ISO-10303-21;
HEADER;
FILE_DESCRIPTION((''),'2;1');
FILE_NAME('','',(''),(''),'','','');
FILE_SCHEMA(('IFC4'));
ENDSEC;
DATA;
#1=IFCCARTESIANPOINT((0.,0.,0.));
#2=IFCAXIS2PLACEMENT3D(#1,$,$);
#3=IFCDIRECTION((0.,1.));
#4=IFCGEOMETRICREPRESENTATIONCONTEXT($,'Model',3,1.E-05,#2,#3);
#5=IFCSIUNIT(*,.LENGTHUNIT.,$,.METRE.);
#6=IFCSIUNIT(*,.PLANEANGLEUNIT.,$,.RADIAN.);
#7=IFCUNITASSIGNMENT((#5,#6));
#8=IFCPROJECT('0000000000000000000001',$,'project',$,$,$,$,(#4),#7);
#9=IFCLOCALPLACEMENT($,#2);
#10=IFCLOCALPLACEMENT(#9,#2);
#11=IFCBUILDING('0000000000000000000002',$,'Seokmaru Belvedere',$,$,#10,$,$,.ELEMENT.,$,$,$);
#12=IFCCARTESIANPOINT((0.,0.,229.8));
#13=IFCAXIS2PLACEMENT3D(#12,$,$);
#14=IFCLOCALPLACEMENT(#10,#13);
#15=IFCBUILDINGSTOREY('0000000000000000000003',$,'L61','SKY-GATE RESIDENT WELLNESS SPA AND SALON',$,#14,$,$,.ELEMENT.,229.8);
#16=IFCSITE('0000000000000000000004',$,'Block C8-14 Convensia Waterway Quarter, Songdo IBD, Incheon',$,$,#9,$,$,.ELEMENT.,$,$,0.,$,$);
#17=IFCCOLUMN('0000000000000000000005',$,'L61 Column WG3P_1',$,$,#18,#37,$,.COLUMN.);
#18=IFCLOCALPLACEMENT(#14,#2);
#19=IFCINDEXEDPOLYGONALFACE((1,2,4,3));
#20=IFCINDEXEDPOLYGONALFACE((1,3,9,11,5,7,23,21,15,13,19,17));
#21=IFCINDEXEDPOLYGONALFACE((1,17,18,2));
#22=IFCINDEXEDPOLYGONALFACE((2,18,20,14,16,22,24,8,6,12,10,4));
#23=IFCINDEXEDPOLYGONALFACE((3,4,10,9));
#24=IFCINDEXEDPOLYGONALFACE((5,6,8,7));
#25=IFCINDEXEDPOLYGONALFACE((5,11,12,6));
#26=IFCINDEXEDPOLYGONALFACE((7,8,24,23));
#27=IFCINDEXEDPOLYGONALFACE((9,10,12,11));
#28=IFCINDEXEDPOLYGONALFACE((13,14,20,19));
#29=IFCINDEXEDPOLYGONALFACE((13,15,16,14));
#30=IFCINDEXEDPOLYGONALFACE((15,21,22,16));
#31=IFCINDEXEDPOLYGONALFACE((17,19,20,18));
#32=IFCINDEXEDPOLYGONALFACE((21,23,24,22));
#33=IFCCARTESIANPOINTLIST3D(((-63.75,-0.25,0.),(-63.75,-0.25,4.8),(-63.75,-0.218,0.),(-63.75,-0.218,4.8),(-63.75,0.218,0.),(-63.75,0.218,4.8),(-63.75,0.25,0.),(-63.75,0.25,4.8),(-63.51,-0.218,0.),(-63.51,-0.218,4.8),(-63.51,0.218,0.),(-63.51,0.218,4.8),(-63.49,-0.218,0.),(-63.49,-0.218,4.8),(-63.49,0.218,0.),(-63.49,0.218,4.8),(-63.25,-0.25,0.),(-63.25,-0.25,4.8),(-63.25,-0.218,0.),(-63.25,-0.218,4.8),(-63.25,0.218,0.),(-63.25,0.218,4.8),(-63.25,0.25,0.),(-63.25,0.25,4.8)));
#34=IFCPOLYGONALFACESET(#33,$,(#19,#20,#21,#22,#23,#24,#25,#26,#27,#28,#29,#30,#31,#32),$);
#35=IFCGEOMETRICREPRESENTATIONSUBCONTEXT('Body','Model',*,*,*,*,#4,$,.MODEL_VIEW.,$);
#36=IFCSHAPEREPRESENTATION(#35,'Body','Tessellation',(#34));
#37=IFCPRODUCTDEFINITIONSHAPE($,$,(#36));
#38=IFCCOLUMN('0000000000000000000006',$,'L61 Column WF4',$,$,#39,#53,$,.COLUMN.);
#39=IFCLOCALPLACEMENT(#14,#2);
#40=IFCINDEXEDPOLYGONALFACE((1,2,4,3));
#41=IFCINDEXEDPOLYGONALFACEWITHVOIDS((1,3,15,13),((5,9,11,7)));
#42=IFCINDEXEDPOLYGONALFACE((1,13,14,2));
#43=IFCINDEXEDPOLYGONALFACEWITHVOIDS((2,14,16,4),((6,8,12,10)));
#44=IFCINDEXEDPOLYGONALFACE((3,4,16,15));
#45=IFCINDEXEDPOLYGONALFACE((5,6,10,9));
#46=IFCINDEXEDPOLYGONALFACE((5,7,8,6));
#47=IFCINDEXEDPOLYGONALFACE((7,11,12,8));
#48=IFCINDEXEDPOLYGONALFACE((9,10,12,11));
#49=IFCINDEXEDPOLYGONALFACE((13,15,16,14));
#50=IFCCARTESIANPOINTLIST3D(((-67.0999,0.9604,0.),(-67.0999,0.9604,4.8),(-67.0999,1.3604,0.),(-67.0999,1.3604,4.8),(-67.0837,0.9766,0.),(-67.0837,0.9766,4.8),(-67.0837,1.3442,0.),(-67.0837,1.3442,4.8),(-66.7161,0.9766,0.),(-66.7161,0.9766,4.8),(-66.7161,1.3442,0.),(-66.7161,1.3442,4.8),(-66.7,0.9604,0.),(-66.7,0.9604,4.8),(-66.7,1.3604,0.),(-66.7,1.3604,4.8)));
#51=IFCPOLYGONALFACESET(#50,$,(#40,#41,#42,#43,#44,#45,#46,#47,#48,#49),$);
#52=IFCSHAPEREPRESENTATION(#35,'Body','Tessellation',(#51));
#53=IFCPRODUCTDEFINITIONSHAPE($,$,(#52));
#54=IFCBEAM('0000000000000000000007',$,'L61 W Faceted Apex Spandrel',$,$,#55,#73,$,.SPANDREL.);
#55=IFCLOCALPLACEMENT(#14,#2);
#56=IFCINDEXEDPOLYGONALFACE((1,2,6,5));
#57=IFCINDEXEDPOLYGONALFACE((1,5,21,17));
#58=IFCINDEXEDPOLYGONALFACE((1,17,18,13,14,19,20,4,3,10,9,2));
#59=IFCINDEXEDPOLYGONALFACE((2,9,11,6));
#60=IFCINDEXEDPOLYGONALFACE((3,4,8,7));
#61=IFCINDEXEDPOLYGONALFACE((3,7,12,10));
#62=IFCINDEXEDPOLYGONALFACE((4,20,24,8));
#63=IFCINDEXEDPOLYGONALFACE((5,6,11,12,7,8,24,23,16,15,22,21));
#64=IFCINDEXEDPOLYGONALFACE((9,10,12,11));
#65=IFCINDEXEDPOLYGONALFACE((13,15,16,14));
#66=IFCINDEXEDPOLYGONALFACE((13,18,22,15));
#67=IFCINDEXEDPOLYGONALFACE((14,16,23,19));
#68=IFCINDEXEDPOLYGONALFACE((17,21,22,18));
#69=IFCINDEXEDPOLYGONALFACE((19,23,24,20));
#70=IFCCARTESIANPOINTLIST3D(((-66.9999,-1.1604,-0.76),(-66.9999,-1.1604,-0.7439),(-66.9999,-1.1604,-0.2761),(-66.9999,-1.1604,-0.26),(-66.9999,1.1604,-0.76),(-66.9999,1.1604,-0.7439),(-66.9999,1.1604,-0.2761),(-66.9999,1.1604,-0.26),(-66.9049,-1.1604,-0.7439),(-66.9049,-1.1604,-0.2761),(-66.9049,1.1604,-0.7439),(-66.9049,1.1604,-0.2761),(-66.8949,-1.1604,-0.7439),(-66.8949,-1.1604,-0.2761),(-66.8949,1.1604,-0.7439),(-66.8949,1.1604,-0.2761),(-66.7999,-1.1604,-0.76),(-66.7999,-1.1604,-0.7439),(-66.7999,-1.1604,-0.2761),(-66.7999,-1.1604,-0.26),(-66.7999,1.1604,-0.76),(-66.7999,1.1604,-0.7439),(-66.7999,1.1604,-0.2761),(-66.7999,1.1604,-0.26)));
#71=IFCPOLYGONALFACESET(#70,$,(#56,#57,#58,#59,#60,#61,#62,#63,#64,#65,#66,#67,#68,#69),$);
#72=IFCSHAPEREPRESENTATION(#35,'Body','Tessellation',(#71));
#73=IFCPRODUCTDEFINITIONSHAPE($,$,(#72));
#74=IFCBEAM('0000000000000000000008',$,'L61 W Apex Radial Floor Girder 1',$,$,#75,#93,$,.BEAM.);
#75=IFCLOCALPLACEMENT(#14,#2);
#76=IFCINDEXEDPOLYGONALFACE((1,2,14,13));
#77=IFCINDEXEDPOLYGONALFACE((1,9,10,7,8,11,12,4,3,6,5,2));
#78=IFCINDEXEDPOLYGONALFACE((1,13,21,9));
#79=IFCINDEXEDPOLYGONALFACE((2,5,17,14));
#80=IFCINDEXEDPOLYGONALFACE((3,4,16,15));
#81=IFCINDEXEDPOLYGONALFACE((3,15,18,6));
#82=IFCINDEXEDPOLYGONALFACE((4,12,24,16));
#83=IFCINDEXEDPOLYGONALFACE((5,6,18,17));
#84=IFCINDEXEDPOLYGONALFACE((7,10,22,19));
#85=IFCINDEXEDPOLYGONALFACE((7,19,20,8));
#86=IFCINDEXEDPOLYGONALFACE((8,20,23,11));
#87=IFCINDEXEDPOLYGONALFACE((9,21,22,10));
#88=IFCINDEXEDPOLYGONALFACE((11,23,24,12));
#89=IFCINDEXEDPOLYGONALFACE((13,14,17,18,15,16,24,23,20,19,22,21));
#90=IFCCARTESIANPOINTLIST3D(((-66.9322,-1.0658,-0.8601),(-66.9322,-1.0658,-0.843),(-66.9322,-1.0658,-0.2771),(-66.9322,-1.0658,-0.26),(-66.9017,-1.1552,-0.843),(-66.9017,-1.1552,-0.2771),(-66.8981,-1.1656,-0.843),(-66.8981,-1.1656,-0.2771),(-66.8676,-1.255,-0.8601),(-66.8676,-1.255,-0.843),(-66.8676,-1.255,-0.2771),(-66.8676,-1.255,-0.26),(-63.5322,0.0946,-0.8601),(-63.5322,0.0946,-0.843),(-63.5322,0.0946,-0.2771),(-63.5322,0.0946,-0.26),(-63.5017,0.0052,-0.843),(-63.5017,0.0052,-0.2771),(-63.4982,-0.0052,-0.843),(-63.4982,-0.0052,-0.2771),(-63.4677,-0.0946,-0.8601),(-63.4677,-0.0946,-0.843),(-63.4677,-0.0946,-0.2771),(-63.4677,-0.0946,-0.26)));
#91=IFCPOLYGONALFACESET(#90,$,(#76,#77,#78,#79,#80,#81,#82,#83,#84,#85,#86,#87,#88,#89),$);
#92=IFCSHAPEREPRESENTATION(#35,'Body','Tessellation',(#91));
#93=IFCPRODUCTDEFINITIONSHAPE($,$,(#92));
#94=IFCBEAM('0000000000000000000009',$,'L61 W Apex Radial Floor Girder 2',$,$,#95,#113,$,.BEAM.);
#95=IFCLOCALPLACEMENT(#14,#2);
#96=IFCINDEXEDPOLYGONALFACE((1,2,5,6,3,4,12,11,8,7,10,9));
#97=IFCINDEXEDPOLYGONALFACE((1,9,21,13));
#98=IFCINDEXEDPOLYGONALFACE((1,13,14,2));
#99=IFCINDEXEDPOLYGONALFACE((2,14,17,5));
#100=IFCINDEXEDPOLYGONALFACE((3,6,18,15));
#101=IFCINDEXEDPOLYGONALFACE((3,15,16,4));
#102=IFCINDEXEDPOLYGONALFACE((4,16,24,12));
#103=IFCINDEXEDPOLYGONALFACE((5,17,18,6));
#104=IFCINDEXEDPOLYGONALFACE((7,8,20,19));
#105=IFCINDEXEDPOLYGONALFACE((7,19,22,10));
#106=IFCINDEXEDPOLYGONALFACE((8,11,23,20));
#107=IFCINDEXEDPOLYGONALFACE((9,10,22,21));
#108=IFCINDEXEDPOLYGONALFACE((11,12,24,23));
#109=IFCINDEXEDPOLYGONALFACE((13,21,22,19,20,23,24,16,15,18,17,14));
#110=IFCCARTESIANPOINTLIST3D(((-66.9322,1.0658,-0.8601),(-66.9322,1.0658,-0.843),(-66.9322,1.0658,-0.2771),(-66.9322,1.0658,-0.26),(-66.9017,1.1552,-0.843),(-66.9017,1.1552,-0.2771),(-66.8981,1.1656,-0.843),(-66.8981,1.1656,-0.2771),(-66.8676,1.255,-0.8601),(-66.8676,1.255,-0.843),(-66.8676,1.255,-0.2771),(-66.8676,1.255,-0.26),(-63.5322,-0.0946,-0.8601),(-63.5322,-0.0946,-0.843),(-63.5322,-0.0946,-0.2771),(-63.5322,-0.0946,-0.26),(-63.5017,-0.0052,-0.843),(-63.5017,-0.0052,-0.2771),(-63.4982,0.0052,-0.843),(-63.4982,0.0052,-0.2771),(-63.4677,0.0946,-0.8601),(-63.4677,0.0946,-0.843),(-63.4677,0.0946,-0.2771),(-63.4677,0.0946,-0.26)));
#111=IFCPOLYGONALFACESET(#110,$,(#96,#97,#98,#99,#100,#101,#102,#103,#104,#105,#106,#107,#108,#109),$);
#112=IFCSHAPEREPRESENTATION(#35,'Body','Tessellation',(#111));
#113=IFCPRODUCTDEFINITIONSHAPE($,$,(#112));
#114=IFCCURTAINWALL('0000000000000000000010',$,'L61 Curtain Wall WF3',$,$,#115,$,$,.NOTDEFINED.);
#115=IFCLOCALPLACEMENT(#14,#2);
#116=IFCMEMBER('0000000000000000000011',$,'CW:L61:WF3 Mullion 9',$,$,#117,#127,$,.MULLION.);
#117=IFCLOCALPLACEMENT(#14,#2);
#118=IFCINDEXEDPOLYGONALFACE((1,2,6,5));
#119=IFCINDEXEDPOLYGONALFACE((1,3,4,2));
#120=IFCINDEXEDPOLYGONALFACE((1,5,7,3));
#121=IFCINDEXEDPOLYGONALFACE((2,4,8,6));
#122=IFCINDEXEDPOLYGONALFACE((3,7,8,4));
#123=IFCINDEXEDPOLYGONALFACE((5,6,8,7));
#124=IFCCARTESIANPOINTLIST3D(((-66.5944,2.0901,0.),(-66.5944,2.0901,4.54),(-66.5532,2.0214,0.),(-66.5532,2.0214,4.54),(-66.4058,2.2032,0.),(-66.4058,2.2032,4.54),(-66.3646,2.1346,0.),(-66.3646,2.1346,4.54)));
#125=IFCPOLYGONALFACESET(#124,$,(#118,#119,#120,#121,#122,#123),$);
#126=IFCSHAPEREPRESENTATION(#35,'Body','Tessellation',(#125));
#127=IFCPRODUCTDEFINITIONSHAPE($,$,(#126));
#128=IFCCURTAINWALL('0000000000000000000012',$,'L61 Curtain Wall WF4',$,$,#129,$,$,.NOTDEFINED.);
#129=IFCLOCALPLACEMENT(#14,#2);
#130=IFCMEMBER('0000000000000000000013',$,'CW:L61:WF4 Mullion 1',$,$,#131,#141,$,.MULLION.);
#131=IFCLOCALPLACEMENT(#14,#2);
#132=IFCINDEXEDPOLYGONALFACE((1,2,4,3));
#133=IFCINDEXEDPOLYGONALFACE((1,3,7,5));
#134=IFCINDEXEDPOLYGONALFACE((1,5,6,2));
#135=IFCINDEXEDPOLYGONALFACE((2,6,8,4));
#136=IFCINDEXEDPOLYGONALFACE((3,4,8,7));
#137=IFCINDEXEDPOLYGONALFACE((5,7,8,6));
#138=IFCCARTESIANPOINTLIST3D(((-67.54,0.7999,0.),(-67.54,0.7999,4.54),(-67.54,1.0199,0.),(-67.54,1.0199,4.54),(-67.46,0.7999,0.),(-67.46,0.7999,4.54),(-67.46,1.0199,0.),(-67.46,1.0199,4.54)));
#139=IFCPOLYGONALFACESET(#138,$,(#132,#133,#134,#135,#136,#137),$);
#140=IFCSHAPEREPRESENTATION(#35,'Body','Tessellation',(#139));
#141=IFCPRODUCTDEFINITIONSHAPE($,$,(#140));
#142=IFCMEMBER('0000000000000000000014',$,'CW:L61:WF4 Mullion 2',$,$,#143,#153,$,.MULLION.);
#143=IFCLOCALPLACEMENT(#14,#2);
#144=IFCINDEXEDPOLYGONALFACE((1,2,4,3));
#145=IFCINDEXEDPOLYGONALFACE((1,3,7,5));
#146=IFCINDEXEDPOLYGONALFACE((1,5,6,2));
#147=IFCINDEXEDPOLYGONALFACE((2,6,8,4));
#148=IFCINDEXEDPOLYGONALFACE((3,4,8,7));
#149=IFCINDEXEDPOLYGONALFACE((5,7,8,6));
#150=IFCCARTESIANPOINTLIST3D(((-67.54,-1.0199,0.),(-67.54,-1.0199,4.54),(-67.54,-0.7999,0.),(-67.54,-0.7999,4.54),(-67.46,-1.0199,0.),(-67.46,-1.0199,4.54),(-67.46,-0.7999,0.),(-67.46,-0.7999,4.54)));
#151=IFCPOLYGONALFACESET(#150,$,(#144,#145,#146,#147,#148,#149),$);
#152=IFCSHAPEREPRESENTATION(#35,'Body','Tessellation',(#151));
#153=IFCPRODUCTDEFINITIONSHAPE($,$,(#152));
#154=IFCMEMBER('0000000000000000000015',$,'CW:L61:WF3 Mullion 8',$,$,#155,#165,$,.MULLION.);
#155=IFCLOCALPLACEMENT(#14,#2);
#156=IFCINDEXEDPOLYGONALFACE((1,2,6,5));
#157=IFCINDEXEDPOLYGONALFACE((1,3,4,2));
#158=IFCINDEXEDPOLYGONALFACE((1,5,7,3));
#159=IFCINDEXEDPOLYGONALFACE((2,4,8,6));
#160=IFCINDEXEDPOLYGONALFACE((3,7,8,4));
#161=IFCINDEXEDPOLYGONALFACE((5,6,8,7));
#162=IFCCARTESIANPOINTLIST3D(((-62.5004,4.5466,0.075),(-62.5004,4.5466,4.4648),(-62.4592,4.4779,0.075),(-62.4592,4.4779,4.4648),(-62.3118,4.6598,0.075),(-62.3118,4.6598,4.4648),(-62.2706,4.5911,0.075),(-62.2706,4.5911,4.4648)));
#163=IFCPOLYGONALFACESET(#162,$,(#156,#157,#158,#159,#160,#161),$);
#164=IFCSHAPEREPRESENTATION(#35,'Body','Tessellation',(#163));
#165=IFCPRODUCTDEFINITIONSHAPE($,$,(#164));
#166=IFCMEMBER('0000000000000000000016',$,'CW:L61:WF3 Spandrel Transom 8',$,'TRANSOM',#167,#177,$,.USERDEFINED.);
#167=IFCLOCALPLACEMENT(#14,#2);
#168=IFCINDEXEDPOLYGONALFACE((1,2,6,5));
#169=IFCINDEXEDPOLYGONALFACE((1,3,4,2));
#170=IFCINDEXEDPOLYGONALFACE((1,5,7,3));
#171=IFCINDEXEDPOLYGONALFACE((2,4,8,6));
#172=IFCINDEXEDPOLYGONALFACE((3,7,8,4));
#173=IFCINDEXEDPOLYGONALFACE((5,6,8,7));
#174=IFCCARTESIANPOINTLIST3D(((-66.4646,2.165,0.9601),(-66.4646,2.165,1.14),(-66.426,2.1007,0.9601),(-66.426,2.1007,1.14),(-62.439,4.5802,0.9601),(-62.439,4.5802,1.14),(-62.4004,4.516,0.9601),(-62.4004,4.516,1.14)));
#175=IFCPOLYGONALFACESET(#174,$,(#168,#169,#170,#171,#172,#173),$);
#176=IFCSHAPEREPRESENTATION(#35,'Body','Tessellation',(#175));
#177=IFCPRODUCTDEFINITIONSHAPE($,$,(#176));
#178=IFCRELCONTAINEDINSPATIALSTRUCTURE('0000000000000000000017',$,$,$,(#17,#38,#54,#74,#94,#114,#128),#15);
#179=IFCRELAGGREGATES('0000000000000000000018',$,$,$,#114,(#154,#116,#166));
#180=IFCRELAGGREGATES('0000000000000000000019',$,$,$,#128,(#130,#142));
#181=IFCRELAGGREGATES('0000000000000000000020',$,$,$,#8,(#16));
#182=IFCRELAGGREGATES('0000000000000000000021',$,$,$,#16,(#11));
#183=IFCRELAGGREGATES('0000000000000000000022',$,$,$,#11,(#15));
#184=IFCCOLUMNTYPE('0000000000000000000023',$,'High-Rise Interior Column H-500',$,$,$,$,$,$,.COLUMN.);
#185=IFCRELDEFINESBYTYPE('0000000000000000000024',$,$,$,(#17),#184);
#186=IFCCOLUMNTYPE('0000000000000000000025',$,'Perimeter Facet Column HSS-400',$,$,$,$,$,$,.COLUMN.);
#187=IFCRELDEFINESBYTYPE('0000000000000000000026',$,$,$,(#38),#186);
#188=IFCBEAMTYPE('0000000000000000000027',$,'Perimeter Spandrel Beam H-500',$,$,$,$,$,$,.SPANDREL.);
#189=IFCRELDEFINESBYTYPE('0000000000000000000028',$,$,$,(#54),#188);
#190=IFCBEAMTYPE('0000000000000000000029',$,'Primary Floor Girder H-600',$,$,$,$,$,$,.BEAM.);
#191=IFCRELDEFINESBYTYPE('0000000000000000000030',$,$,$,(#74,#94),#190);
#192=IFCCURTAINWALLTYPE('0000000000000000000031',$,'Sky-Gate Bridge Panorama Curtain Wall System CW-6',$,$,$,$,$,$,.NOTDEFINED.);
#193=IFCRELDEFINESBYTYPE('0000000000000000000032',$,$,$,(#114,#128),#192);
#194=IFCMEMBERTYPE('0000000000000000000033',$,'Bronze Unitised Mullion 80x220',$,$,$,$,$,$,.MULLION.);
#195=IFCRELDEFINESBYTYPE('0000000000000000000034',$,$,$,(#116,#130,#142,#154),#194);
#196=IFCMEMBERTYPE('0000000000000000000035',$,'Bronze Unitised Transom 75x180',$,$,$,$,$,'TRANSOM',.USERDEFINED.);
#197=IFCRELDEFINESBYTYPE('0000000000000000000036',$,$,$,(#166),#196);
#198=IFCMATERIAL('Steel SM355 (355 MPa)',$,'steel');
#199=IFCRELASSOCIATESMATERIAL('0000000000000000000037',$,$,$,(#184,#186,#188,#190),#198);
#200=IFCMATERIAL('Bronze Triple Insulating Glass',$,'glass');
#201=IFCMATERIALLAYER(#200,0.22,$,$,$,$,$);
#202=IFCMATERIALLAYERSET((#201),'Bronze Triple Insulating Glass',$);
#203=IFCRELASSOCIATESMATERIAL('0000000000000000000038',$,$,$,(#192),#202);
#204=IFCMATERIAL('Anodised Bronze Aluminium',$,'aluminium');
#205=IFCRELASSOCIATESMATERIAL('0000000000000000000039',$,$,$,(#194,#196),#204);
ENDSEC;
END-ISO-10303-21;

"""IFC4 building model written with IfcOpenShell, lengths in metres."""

from ifc_helpers import new_model, si_unit, direction, frame, origin, origin_2d, place, context, subcontext, project, spatial, rectangle, hollow_rectangle, i_section, extrude, source, transform, mapped, material, layer, layer_set, material_profile, profile_set, type_object, type_shapes, element, aggregate, save


model = new_model("IFC4")

# Units and contexts
model_context = context("Model", 3, precision=1e-05, world=origin(), true_north=direction((0.0, 1.0)))
body_context = subcontext(model_context, "Body", "Model", "MODEL_VIEW")
ifc_project = project(units=[si_unit("LENGTHUNIT", "METRE"), si_unit("PLANEANGLEUNIT", "RADIAN")], contexts=[model_context])

# Site, building, storey
site_placement = place(None, origin())
site = spatial("IfcSite", under=ifc_project, at=site_placement, Name="Block C8-14 Convensia Waterway Quarter, Songdo IBD, Incheon", CompositionType="ELEMENT", RefElevation=0.0)
building_placement = place(site_placement, origin())
building = spatial("IfcBuilding", under=site, at=building_placement, Name="Seokmaru Belvedere", CompositionType="ELEMENT")
storey_placement = place(building_placement, frame((0.0, 0.0, 229.8)))
storey = spatial("IfcBuildingStorey", under=building, at=storey_placement, Name="L61", Description="SKY-GATE RESIDENT WELLNESS SPA AND SALON", CompositionType="ELEMENT", Elevation=229.8)

# Columns
ifc_material_1 = material(Name="Steel SM355 (355 MPa)", Category="steel")
ifc_material_profile_1 = material_profile(ifc_material_1, i_section(OverallWidth=0.5, OverallDepth=0.5, WebThickness=0.02, FlangeThickness=0.032, at=origin_2d()), Name="H-500x500x20x32")
ifc_profile_set_1 = profile_set([ifc_material_profile_1], Name="Steel SM355 (355 MPa)")
column_type_1 = type_object("IfcColumnType", Name="High-Rise Interior Column H-500", PredefinedType="COLUMN", material=ifc_profile_set_1)
shared_shape_1 = source(origin(), body_context, "Body", "SweptSolid", [
    extrude(i_section(OverallWidth=0.5, OverallDepth=0.5, WebThickness=0.02, FlangeThickness=0.032, at=origin_2d()), origin(), (0.0, 0.0, 1.0), 4.8),
])
type_shapes(column_type_1, [shared_shape_1])
column_1_placement = place(storey_placement, frame((-63.5, 0.0, 0.0), z_axis=(0.0, 0.0, 1.0), x_axis=(1.0, 0.0, 0.0)))
element("IfcColumn", 1, at=column_1_placement, inside=storey, type_object=column_type_1, Name="L61 Column WG3P_1", PredefinedType="COLUMN", context=body_context, shape_type="MappedRepresentation", body=[
    mapped(shared_shape_1, transform((0.0, 0.0, 0.0), scale=1.0)),
])
ifc_material_profile_2 = material_profile(ifc_material_1, hollow_rectangle(XDim=0.3999, YDim=0.3999, WallThickness=0.0161, at=origin_2d()), Name="HSS-400x400x16")
ifc_profile_set_2 = profile_set([ifc_material_profile_2], Name="Steel SM355 (355 MPa)")
column_type_2 = type_object("IfcColumnType", Name="Perimeter Facet Column HSS-400", PredefinedType="COLUMN", material=ifc_profile_set_2)
shared_shape_2 = source(origin(), body_context, "Body", "SweptSolid", [
    extrude(hollow_rectangle(XDim=0.3999, YDim=0.3999, WallThickness=0.0161, at=origin_2d()), origin(), (0.0, 0.0, 1.0), 4.8),
])
type_shapes(column_type_2, [shared_shape_2])
column_2_placement = place(storey_placement, frame((-66.8999, 1.1604, 0.0), z_axis=(0.0, 0.0, 1.0), x_axis=(1.0, 0.0, 0.0)))
element("IfcColumn", 2, at=column_2_placement, inside=storey, type_object=column_type_2, Name="L61 Column WF4", PredefinedType="COLUMN", context=body_context, shape_type="MappedRepresentation", body=[
    mapped(shared_shape_2, transform((0.0, 0.0, 0.0), scale=1.0)),
])

# Beams
ifc_material_profile_3 = material_profile(ifc_material_1, i_section(OverallWidth=0.2, OverallDepth=0.5, WebThickness=0.01, FlangeThickness=0.0161, at=origin_2d()), Name="H-500x200x10x16")
ifc_profile_set_3 = profile_set([ifc_material_profile_3], Name="Steel SM355 (355 MPa)")
beam_type_1 = type_object("IfcBeamType", Name="Perimeter Spandrel Beam H-500", PredefinedType="SPANDREL", material=ifc_profile_set_3)
shared_shape_3 = source(origin(), body_context, "Body", "SweptSolid", [
    extrude(i_section(OverallWidth=0.2, OverallDepth=0.5, WebThickness=0.01, FlangeThickness=0.0161, at=origin_2d()), origin(), (0.0, 0.0, 1.0), 2.3208),
])
type_shapes(beam_type_1, [shared_shape_3])
beam_placement = place(storey_placement, frame((-66.8999, -1.1604, -0.51), z_axis=(0.0, 1.0, 0.0), x_axis=(-1.0, 0.0, 0.0)))
element("IfcBeam", 3, at=beam_placement, inside=storey, type_object=beam_type_1, Name="L61 W Faceted Apex Spandrel", PredefinedType="SPANDREL", context=body_context, shape_type="MappedRepresentation", body=[
    mapped(shared_shape_3, transform((0.0, 0.0, 0.0), scale=1.0)),
])
ifc_material_profile_4 = material_profile(ifc_material_1, i_section(OverallWidth=0.2, OverallDepth=0.6001, WebThickness=0.011, FlangeThickness=0.0171, at=origin_2d()), Name="H-600x200x11x17")
ifc_profile_set_4 = profile_set([ifc_material_profile_4], Name="Steel SM355 (355 MPa)")
beam_type_2 = type_object("IfcBeamType", Name="Primary Floor Girder H-600", PredefinedType="BEAM", material=ifc_profile_set_4)
shared_shape_4 = source(origin(), body_context, "Body", "SweptSolid", [
    extrude(i_section(OverallWidth=0.2, OverallDepth=0.6001, WebThickness=0.011, FlangeThickness=0.0171, at=origin_2d()), origin(), (0.0, 0.0, 1.0), 3.5925),
])
type_shapes(beam_type_2, [shared_shape_4])
for number, where, z_axis, x_axis, name in (
    (4, (-66.8999, -1.1604, -0.5601), (0.946396, 0.323009, 0.0), (-0.323009, 0.946396, 0.0), "L61 W Apex Radial Floor Girder 1"),
    (5, (-66.8999, 1.1604, -0.5601), (0.946396, -0.323009, 0.0), (0.323009, 0.946396, 0.0), "L61 W Apex Radial Floor Girder 2"),
):
    element("IfcBeam", number, at=place(storey_placement, frame(where, z_axis=z_axis, x_axis=x_axis)), inside=storey, type_object=beam_type_2, Name=name, PredefinedType="BEAM", context=body_context, shape_type="MappedRepresentation", body=[
        mapped(shared_shape_4, transform((0.0, 0.0, 0.0), scale=1.0)),
    ])

# Curtain wall, member
ifc_material_2 = material(Name="Bronze Triple Insulating Glass", Category="glass")
ifc_layer_1 = layer(ifc_material_2, 0.22)
ifc_layer_set_1 = layer_set([ifc_layer_1], Name="Bronze Triple Insulating Glass")
curtain_wall_type = type_object("IfcCurtainWallType", Name="Sky-Gate Bridge Panorama Curtain Wall System CW-6", PredefinedType="NOTDEFINED", material=ifc_layer_set_1)
curtain_wall_1_placement = place(storey_placement, origin())
curtain_wall_1 = element("IfcCurtainWall", 6, at=curtain_wall_1_placement, inside=storey, type_object=curtain_wall_type, Name="L61 Curtain Wall WF3", PredefinedType="NOTDEFINED")
ifc_material_3 = material(Name="Anodised Bronze Aluminium", Category="aluminium")
ifc_material_profile_5 = material_profile(ifc_material_3, rectangle(XDim=0.0801, YDim=0.22, at=origin_2d()), Name="CW-M-80x220")
ifc_profile_set_5 = profile_set([ifc_material_profile_5], Name="Anodised Bronze Aluminium")
member_type_1 = type_object("IfcMemberType", Name="Bronze Unitised Mullion 80x220", PredefinedType="MULLION", material=ifc_profile_set_5)
shared_shape_5 = source(origin(), body_context, "Body", "SweptSolid", [
    extrude(rectangle(XDim=0.0801, YDim=0.22, at=origin_2d()), origin(), (0.0, 0.0, 1.0), 4.54),
])
member_1_placement = place(storey_placement, frame((-66.4795, 2.1123, 0.0), z_axis=(0.0, 0.0, 1.0), x_axis=(0.514495, -0.857493, 0.0)))
member_1 = element("IfcMember", 7, at=member_1_placement, type_object=member_type_1, Name="CW:L61:WF3 Mullion 9", PredefinedType="MULLION", context=body_context, shape_type="MappedRepresentation", body=[
    mapped(shared_shape_5, transform((0.0, 0.0, 0.0), scale=1.0)),
])

# Curtain wall, members
curtain_wall_2_placement = place(storey_placement, origin())
curtain_wall_2 = element("IfcCurtainWall", 8, at=curtain_wall_2_placement, inside=storey, type_object=curtain_wall_type, Name="L61 Curtain Wall WF4", PredefinedType="NOTDEFINED")
member_2_placement = place(storey_placement, frame((-67.5, 0.9099, 0.0), z_axis=(0.0, 0.0, 1.0), x_axis=(1.0, 0.0, 0.0)))
member_2 = element("IfcMember", 9, at=member_2_placement, type_object=member_type_1, Name="CW:L61:WF4 Mullion 1", PredefinedType="MULLION", context=body_context, shape_type="MappedRepresentation", body=[
    mapped(shared_shape_5, transform((0.0, 0.0, 0.0), scale=1.0)),
])
member_3_placement = place(storey_placement, frame((-67.5, -0.9099, 0.0), z_axis=(0.0, 0.0, 1.0), x_axis=(1.0, 0.0, 0.0)))
member_3 = element("IfcMember", 10, at=member_3_placement, type_object=member_type_1, Name="CW:L61:WF4 Mullion 2", PredefinedType="MULLION", context=body_context, shape_type="MappedRepresentation", body=[
    mapped(shared_shape_5, transform((0.0, 0.0, 0.0), scale=1.0)),
])

# Members
shared_shape_6 = source(origin(), body_context, "Body", "SweptSolid", [
    extrude(rectangle(XDim=0.0801, YDim=0.22, at=origin_2d()), origin(), (0.0, 0.0, 1.0), 4.3899),
])
type_shapes(member_type_1, [shared_shape_5, shared_shape_6])
member_4_placement = place(storey_placement, frame((-62.3855, 4.5688, 0.075), z_axis=(0.0, 0.0, 1.0), x_axis=(0.514495, -0.857493, 0.0)))
member_4 = element("IfcMember", 11, at=member_4_placement, type_object=member_type_1, Name="CW:L61:WF3 Mullion 8", PredefinedType="MULLION", context=body_context, shape_type="MappedRepresentation", body=[
    mapped(shared_shape_6, transform((0.0, 0.0, 0.0), scale=1.0)),
])
ifc_material_profile_6 = material_profile(ifc_material_3, rectangle(XDim=0.075, YDim=0.1799, at=origin_2d()), Name="CW-T-75x180")
ifc_profile_set_6 = profile_set([ifc_material_profile_6], Name="Anodised Bronze Aluminium")
member_type_2 = type_object("IfcMemberType", Name="Bronze Unitised Transom 75x180", ElementType="TRANSOM", PredefinedType="USERDEFINED", material=ifc_profile_set_6)
shared_shape_7 = source(origin(), body_context, "Body", "SweptSolid", [
    extrude(rectangle(XDim=0.075, YDim=0.1799, at=origin_2d()), origin(), (0.0, 0.0, 1.0), 4.6946),
])
member_5_placement = place(storey_placement, frame((-62.4197, 4.5481, 1.05), z_axis=(-0.857502, -0.51448, 0.0), x_axis=(0.51448, -0.857502, 0.0)))
member_5 = element("IfcMember", 12, at=member_5_placement, type_object=member_type_2, Name="CW:L61:WF3 Spandrel Transom 8", ObjectType="TRANSOM", PredefinedType="USERDEFINED", context=body_context, shape_type="MappedRepresentation", body=[
    mapped(shared_shape_7, transform((0.0, 0.0, 0.0), scale=1.0)),
])

aggregate(curtain_wall_1, [member_4, member_1, member_5])
aggregate(curtain_wall_2, [member_2, member_3])

save(model, "model.ifc")
